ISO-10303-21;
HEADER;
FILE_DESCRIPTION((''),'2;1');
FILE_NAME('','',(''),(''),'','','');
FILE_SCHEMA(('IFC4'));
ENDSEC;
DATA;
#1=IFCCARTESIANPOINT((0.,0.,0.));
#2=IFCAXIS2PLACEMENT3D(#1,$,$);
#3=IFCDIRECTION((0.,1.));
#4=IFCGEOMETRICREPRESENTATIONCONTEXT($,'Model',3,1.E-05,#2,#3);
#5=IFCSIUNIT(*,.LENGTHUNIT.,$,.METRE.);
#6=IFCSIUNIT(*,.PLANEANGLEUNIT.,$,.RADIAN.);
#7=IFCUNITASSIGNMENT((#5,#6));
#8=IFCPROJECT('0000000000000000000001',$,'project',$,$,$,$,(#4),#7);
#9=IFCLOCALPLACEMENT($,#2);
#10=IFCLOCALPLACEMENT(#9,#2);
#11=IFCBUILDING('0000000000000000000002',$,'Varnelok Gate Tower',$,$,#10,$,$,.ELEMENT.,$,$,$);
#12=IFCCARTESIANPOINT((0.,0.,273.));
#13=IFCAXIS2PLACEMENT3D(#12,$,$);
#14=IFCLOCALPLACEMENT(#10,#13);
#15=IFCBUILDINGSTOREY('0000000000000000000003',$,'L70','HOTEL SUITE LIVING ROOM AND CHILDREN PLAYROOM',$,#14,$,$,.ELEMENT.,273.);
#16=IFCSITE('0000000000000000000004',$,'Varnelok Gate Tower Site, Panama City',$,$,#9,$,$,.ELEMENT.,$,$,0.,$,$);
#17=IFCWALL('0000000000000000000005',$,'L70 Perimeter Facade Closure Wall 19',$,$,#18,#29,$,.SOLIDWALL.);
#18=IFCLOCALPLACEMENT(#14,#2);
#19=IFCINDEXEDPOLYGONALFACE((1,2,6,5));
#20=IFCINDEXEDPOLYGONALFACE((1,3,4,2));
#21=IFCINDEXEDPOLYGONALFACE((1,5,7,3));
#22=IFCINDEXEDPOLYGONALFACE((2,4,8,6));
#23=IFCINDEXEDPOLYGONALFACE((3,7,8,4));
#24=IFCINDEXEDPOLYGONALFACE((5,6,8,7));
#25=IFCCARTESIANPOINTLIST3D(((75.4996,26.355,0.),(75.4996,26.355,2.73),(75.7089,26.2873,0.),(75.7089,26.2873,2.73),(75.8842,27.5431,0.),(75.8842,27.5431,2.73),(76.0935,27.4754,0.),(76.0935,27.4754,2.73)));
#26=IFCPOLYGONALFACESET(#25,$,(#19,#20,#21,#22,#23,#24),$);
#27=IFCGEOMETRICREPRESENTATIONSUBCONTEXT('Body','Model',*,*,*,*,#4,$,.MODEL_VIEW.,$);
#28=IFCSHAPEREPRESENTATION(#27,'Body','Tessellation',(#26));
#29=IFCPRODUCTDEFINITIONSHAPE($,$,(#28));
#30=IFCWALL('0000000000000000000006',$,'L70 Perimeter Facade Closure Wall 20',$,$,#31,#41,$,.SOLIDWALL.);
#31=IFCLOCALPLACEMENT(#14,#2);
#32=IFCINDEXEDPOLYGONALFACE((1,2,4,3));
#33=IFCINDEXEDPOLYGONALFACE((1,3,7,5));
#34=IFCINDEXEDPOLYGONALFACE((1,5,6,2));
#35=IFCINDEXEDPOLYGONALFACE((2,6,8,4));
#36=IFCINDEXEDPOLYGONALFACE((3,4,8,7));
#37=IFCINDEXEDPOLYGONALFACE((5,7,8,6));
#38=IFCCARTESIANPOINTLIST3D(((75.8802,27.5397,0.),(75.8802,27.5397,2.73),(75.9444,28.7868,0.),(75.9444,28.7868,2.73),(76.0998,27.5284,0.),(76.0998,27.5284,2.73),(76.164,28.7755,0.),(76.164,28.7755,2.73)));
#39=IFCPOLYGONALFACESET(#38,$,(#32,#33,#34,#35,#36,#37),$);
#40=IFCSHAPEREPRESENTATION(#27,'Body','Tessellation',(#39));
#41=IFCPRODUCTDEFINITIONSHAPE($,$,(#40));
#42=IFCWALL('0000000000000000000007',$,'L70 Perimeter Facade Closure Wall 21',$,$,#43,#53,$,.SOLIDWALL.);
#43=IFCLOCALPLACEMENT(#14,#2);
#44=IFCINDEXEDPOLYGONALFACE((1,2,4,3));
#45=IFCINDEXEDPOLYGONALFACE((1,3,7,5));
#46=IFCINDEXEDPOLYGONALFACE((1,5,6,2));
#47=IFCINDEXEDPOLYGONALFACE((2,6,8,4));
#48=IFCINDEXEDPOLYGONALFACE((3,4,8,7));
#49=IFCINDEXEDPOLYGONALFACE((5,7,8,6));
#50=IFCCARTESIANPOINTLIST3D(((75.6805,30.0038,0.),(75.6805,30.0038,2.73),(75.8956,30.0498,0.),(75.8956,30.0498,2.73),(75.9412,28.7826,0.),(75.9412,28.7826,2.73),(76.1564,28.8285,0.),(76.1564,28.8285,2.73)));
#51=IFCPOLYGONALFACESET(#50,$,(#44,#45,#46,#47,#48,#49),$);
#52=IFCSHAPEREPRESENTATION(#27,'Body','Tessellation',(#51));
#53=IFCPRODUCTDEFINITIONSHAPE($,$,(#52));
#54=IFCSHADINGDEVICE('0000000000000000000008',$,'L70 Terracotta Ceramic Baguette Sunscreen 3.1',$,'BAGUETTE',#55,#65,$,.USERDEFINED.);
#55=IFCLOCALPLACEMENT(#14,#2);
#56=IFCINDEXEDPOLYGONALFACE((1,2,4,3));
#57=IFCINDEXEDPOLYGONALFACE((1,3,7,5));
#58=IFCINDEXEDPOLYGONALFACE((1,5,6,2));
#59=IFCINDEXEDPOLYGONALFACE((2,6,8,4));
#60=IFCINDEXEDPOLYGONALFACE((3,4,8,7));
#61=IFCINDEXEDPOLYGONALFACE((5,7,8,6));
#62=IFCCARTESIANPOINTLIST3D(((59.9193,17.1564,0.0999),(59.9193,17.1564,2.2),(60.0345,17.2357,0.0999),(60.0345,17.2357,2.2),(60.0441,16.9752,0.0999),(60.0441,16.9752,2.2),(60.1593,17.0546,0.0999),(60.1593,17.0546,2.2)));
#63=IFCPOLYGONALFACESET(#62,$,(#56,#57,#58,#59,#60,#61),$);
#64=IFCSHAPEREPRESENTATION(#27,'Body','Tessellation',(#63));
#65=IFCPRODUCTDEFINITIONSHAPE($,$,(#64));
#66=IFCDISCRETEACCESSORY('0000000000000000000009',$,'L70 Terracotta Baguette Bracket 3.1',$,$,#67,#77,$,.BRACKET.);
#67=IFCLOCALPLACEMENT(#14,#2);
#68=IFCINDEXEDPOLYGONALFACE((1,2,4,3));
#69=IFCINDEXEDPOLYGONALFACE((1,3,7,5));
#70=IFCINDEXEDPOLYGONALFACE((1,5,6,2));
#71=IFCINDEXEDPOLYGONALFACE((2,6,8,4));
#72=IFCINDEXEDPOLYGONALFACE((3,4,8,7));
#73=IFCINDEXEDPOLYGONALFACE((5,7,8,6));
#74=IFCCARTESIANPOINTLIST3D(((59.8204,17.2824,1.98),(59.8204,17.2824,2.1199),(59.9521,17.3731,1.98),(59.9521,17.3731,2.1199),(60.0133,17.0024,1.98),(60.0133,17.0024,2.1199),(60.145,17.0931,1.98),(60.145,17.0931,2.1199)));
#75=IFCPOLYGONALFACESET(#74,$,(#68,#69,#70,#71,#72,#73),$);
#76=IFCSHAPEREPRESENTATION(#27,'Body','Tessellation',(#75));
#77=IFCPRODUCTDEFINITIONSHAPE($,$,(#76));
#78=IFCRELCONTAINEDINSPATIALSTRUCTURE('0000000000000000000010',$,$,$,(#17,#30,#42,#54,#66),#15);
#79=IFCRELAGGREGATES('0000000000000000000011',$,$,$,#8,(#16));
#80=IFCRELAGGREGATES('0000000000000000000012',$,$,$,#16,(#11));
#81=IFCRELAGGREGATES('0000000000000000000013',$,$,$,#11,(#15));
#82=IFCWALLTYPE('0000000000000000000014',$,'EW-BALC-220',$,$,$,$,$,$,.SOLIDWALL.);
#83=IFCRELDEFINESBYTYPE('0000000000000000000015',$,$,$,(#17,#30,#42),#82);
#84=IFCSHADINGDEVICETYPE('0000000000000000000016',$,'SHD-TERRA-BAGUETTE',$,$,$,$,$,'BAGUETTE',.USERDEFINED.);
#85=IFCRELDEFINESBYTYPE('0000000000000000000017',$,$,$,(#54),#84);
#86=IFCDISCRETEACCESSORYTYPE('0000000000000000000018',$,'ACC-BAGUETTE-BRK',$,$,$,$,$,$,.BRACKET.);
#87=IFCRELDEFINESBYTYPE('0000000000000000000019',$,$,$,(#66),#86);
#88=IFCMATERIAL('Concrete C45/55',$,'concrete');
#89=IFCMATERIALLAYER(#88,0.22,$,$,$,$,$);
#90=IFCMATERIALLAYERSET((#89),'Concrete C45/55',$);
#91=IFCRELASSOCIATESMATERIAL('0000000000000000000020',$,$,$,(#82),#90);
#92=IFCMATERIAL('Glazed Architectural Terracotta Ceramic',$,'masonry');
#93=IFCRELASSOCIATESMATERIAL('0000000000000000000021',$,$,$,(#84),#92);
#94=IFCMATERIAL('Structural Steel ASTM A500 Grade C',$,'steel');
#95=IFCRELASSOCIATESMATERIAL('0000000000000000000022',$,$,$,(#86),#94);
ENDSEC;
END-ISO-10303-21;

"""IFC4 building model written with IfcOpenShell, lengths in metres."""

from ifc_helpers import new_model, si_unit, direction, frame, frame_2d, origin, origin_2d, place, context, subcontext, project, spatial, rectangle, extrude, source, transform, mapped, material, layer, layer_set, type_object, element, save


model = new_model("IFC4")

# Units and contexts
model_context = context("Model", 3, precision=1e-05, world=origin(), true_north=direction((0.0, 1.0)))
body_context = subcontext(model_context, "Body", "Model", "MODEL_VIEW")
ifc_project = project(units=[si_unit("LENGTHUNIT", "METRE"), si_unit("PLANEANGLEUNIT", "RADIAN")], contexts=[model_context])

# Site, building, storey
site_placement = place(None, origin())
site = spatial("IfcSite", under=ifc_project, at=site_placement, Name="Varnelok Gate Tower Site, Panama City", CompositionType="ELEMENT", RefElevation=0.0)
building_placement = place(site_placement, origin())
building = spatial("IfcBuilding", under=site, at=building_placement, Name="Varnelok Gate Tower", CompositionType="ELEMENT")
storey_placement = place(building_placement, frame((0.0, 0.0, 273.0)))
storey = spatial("IfcBuildingStorey", under=building, at=storey_placement, Name="L70", Description="HOTEL SUITE LIVING ROOM AND CHILDREN PLAYROOM", CompositionType="ELEMENT", Elevation=273.0)

# Shared definitions
ifc_material_1 = material(Name="Concrete C45/55", Category="concrete")
ifc_layer_1 = layer(ifc_material_1, 0.22)
ifc_layer_set_1 = layer_set([ifc_layer_1], Name="Concrete C45/55")
wall_type = type_object("IfcWallType", Name="EW-BALC-220", PredefinedType="SOLIDWALL", material=ifc_layer_set_1)

# Walls
for number, where, z_axis, x_axis, name in (
    (1, (75.6042, 26.321, 0.0), (0.0, 0.0, 1.0), (0.307945, 0.951404, 0.0), "L70 Perimeter Facade Closure Wall 19"),
    (2, (75.99, 27.5339, 0.0), (0.0, 0.0, 1.0), (0.05142, 0.998677, 0.0), "L70 Perimeter Facade Closure Wall 20"),
    (3, (76.0488, 28.8054, 0.0), (0.0, 0.0, 1.0), (-0.208808, 0.977957, 0.0), "L70 Perimeter Facade Closure Wall 21"),
):
    element("IfcWall", number, at=place(storey_placement, frame(where, z_axis=z_axis, x_axis=x_axis)), inside=storey, type_object=wall_type, Name=name, PredefinedType="SOLIDWALL", context=body_context, shape_type="SweptSolid", body=[
        extrude(rectangle(XDim=1.2488, YDim=0.22, at=frame_2d((0.6245, 0.0))), origin(), (0.0, 0.0, 1.0), 2.73),
    ])

# Shading device
ifc_material_2 = material(Name="Glazed Architectural Terracotta Ceramic", Category="masonry")
shading_device_type = type_object("IfcShadingDeviceType", Name="SHD-TERRA-BAGUETTE", ElementType="BAGUETTE", PredefinedType="USERDEFINED", material=ifc_material_2)
shared_shape_1 = source(origin(), body_context, "Body", "SweptSolid", [
    extrude(rectangle(XDim=0.1399, YDim=0.22, at=origin_2d()), origin(), (0.0, 0.0, 1.0), 2.1001),
])
shading_device_placement = place(storey_placement, frame((60.0393, 17.1055, 0.0999), z_axis=(0.0, 0.0, 1.0), x_axis=(0.823533, 0.567269, 0.0)))
element("IfcShadingDevice", 4, at=shading_device_placement, inside=storey, type_object=shading_device_type, Name="L70 Terracotta Ceramic Baguette Sunscreen 3.1", ObjectType="BAGUETTE", PredefinedType="USERDEFINED", context=body_context, shape_type="MappedRepresentation", body=[
    mapped(shared_shape_1, transform((0.0, 0.0, 0.0), scale=1.0)),
])

# Discrete accessory
ifc_material_3 = material(Name="Structural Steel ASTM A500 Grade C", Category="steel")
discrete_accessory_type = type_object("IfcDiscreteAccessoryType", Name="ACC-BAGUETTE-BRK", PredefinedType="BRACKET", material=ifc_material_3)
shared_shape_2 = source(origin(), body_context, "Body", "SweptSolid", [
    extrude(rectangle(XDim=0.1599, YDim=0.3401, at=origin_2d()), origin(), (0.0, 0.0, 1.0), 0.1399),
])
discrete_accessory_placement = place(storey_placement, frame((59.9827, 17.1877, 1.98), z_axis=(0.0, 0.0, 1.0), x_axis=(0.823533, 0.567269, 0.0)))
element("IfcDiscreteAccessory", 5, at=discrete_accessory_placement, inside=storey, type_object=discrete_accessory_type, Name="L70 Terracotta Baguette Bracket 3.1", PredefinedType="BRACKET", context=body_context, shape_type="MappedRepresentation", body=[
    mapped(shared_shape_2, transform((0.0, 0.0, 0.0), scale=1.0)),
])

save(model, "model.ifc")
